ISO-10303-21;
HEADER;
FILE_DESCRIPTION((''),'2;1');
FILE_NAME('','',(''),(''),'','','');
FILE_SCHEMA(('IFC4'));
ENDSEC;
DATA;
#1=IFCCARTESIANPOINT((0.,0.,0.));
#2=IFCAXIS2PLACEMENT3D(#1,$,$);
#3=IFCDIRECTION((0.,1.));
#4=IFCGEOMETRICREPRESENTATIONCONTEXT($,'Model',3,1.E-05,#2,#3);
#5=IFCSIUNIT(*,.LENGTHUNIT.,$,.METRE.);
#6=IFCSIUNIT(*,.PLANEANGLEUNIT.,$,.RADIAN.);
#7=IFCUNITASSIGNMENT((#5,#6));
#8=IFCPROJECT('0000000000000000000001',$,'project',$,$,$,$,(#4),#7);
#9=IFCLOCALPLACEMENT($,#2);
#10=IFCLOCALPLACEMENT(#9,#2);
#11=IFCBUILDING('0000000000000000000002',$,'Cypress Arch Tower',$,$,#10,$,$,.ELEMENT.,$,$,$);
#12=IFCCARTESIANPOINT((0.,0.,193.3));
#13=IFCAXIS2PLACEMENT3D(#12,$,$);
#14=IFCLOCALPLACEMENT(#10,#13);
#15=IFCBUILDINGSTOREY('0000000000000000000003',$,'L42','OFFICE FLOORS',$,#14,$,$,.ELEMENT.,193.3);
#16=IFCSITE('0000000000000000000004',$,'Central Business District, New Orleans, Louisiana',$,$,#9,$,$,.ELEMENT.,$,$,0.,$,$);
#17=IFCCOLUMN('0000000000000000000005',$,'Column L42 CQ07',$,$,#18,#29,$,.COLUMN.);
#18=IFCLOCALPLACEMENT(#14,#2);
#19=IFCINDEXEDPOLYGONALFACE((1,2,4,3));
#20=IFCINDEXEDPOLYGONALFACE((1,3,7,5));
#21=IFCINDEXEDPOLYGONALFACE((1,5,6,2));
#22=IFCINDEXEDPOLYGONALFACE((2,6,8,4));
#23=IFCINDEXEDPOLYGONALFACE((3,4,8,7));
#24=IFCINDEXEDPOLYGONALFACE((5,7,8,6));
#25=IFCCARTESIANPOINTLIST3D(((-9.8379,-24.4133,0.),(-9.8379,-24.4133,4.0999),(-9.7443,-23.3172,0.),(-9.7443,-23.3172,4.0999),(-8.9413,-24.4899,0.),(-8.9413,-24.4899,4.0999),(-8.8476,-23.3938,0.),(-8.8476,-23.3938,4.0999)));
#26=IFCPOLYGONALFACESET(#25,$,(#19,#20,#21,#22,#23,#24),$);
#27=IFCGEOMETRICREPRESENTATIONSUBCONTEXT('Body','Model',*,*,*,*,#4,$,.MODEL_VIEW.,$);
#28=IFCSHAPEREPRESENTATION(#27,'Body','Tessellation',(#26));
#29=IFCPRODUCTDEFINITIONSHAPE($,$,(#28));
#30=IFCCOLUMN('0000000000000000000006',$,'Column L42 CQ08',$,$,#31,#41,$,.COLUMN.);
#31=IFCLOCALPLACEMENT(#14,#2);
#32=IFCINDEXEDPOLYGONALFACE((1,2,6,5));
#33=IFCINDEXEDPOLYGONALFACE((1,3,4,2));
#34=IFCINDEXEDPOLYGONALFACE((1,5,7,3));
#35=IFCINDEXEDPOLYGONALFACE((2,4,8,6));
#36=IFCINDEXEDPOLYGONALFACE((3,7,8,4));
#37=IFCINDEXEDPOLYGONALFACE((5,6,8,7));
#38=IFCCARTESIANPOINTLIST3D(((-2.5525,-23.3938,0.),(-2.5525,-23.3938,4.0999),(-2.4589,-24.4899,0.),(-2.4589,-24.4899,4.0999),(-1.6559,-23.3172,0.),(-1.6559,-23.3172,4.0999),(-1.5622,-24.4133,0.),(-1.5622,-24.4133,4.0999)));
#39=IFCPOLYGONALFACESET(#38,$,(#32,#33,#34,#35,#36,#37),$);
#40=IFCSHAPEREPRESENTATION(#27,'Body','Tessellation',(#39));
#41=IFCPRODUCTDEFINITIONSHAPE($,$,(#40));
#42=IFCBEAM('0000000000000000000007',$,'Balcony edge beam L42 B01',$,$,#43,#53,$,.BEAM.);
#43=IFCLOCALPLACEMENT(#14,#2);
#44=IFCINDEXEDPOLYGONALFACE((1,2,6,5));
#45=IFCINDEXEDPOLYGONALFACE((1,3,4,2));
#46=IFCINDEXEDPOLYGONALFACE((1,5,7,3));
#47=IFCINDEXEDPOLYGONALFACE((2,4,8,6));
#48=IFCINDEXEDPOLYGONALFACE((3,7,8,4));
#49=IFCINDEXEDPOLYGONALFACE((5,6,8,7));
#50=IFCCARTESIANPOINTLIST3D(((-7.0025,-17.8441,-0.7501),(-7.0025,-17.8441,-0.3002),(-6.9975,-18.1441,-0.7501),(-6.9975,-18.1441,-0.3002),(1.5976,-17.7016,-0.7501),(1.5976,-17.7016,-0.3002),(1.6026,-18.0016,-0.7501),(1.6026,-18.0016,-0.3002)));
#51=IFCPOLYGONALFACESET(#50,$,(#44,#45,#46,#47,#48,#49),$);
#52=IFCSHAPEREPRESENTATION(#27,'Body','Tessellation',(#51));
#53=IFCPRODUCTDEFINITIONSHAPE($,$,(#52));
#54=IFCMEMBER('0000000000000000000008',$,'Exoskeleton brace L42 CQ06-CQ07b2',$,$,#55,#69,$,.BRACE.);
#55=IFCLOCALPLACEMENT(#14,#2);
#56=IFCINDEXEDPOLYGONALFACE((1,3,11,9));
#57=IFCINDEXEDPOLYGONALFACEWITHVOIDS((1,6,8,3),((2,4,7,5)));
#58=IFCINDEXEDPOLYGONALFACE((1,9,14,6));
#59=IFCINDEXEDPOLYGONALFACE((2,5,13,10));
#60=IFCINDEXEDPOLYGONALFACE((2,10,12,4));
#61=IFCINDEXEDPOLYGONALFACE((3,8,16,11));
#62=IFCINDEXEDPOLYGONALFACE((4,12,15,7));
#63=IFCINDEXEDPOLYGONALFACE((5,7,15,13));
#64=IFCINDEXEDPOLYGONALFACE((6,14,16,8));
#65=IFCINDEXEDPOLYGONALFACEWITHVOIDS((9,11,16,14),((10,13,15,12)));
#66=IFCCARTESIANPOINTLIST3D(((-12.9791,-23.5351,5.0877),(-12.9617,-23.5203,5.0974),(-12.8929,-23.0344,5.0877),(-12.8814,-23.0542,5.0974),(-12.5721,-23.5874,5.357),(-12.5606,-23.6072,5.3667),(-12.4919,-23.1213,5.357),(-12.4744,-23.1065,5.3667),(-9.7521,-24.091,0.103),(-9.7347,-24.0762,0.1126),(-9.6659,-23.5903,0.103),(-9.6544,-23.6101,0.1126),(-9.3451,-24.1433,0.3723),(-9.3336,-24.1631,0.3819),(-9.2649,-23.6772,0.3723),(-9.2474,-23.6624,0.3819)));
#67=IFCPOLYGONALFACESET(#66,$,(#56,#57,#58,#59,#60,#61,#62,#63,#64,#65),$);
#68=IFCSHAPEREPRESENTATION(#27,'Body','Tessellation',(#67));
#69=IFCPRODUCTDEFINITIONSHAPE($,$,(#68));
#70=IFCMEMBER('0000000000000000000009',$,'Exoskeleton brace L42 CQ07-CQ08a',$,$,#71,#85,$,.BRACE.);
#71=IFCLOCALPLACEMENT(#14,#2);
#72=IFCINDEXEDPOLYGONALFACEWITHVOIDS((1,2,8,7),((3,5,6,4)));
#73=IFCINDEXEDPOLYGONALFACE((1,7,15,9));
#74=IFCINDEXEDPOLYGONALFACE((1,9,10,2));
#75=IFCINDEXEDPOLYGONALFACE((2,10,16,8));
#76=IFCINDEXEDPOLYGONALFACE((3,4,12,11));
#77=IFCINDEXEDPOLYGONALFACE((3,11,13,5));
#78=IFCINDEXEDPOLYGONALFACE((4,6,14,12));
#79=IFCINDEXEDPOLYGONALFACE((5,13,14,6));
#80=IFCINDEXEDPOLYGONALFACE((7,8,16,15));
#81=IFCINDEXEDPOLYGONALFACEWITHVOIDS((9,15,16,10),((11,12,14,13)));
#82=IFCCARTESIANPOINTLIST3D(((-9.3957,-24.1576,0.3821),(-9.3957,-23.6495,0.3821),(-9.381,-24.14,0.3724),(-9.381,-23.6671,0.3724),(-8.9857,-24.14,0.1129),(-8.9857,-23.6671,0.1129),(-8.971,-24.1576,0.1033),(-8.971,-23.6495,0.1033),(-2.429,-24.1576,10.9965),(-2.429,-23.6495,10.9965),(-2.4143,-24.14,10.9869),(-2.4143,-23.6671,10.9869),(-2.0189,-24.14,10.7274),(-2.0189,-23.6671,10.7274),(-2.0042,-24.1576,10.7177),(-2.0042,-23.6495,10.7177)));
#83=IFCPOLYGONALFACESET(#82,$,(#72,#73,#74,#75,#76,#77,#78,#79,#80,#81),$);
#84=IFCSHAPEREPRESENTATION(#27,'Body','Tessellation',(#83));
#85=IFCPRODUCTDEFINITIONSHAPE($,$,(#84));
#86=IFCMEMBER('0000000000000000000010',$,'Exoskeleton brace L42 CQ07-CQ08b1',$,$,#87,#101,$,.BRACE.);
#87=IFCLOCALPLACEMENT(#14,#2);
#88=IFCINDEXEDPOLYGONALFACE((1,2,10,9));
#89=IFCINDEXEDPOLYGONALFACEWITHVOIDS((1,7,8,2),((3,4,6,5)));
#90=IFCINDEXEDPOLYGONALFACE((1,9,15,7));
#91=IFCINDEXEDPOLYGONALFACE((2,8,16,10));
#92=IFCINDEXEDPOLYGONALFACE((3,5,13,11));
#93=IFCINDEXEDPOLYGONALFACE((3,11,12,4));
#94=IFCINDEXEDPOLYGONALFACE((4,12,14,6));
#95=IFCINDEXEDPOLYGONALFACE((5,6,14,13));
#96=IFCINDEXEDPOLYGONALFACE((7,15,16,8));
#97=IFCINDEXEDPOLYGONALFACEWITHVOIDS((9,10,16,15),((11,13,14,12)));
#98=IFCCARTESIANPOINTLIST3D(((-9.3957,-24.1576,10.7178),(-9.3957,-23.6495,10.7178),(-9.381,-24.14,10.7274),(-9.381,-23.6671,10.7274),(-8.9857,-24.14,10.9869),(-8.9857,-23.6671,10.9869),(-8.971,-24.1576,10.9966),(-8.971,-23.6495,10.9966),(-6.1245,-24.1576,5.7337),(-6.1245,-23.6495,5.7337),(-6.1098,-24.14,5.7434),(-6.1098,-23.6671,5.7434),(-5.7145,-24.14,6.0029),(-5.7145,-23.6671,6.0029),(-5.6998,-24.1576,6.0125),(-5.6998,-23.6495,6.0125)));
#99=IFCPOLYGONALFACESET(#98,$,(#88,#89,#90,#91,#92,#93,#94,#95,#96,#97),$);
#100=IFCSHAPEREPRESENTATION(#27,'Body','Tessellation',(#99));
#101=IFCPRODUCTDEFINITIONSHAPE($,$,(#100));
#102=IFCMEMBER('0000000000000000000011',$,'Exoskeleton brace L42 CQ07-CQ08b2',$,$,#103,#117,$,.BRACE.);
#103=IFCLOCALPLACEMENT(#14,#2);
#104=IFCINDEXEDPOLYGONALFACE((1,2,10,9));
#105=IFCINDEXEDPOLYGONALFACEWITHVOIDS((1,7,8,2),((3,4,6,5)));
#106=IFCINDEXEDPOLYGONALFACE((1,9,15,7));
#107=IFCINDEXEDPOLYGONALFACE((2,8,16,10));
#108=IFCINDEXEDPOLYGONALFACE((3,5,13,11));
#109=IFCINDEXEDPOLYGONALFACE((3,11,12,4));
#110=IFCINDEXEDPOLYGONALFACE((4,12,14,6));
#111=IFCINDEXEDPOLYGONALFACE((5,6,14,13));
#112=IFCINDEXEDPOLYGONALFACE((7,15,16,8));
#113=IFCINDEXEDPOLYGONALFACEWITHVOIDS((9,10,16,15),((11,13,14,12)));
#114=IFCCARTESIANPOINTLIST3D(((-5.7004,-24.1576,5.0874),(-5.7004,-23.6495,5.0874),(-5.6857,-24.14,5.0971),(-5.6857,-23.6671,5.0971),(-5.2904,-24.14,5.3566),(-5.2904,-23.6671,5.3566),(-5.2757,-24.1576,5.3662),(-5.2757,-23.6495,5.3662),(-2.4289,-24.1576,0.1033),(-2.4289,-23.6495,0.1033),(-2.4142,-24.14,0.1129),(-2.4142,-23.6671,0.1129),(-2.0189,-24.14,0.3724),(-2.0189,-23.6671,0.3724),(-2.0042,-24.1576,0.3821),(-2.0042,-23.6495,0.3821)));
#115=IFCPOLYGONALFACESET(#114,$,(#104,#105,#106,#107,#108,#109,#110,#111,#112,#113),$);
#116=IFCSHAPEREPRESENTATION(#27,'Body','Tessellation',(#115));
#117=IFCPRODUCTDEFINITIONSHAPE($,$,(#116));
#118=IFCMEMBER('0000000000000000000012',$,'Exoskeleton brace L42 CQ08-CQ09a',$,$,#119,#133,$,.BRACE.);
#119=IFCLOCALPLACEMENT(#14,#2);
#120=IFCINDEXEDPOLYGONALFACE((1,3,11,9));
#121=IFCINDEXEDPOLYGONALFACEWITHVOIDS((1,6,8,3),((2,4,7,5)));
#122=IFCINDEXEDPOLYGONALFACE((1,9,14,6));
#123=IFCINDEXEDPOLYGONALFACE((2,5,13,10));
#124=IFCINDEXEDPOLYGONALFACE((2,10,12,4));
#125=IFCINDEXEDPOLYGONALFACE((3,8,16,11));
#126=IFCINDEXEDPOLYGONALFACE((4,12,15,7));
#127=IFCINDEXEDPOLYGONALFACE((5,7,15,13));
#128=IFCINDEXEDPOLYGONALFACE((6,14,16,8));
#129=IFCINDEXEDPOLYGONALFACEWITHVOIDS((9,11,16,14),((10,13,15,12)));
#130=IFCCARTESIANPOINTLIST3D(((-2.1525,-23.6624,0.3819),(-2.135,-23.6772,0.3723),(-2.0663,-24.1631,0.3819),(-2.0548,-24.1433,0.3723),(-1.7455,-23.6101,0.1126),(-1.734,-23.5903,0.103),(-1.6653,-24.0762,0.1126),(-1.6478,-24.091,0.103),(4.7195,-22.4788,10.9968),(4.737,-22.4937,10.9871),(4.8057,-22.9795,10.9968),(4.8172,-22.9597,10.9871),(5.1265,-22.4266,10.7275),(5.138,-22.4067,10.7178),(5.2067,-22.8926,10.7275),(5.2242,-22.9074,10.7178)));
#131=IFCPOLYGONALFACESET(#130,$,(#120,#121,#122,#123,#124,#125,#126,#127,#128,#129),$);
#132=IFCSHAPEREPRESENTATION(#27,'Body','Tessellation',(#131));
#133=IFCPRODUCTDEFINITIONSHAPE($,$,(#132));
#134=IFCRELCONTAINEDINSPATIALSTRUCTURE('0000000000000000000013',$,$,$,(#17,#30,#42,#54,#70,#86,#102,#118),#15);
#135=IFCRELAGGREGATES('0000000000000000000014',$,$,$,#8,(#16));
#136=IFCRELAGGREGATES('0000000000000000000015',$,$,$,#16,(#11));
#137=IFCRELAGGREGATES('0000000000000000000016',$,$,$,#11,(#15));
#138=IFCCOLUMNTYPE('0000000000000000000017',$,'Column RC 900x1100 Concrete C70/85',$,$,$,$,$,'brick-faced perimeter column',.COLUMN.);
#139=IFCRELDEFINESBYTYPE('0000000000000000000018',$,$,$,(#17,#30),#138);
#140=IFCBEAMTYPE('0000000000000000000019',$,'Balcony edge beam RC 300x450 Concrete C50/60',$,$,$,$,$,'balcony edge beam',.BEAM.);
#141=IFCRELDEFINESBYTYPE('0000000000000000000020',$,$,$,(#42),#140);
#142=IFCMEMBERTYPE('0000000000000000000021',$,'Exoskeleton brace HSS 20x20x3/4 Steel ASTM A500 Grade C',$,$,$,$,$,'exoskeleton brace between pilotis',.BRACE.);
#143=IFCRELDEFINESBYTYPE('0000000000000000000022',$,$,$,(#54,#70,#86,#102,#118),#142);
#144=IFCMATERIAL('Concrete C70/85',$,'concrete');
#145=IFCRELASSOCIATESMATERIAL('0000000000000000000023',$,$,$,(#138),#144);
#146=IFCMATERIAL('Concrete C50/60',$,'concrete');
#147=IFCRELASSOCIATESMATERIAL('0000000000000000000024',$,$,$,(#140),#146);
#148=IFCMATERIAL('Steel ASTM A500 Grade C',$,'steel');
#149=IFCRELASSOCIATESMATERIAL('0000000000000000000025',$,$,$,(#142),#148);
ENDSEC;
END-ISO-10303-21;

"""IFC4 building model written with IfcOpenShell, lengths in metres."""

from ifc_helpers import new_model, si_unit, direction, frame, origin, origin_2d, place, context, subcontext, project, spatial, rectangle, hollow_rectangle, extrude, material, material_profile, profile_set, type_object, element, save


model = new_model("IFC4")

# Units and contexts
model_context = context("Model", 3, precision=1e-05, world=origin(), true_north=direction((0.0, 1.0)))
body_context = subcontext(model_context, "Body", "Model", "MODEL_VIEW")
ifc_project = project(units=[si_unit("LENGTHUNIT", "METRE"), si_unit("PLANEANGLEUNIT", "RADIAN")], contexts=[model_context])

# Site, building, storey
site_placement = place(None, origin())
site = spatial("IfcSite", under=ifc_project, at=site_placement, Name="Central Business District, New Orleans, Louisiana", CompositionType="ELEMENT", RefElevation=0.0)
building_placement = place(site_placement, origin())
building = spatial("IfcBuilding", under=site, at=building_placement, Name="Cypress Arch Tower", CompositionType="ELEMENT")
storey_placement = place(building_placement, frame((0.0, 0.0, 193.3)))
storey = spatial("IfcBuildingStorey", under=building, at=storey_placement, Name="L42", Description="OFFICE FLOORS", CompositionType="ELEMENT", Elevation=193.3)

# Columns
ifc_material_1 = material(Name="Concrete C70/85", Category="concrete")
ifc_material_profile_1 = material_profile(ifc_material_1, rectangle(XDim=0.8999, YDim=1.1001, at=origin_2d()), Name="RC 900x1100")
ifc_profile_set_1 = profile_set([ifc_material_profile_1], Name="Concrete C70/85")
column_type = type_object("IfcColumnType", Name="Column RC 900x1100 Concrete C70/85", ElementType="brick-faced perimeter column", PredefinedType="COLUMN", material=ifc_profile_set_1)
for number, where, z_axis, x_axis, name in (
    (1, (-9.3428, -23.9036, 0.0), (0.0, 0.0, 1.0), (0.996368, -0.085149, 0.0), "Column L42 CQ07"),
    (2, (-2.0574, -23.9036, 0.0), (0.0, 0.0, 1.0), (0.996368, 0.085149, 0.0), "Column L42 CQ08"),
):
    element("IfcColumn", number, at=place(storey_placement, frame(where, z_axis=z_axis, x_axis=x_axis)), inside=storey, type_object=column_type, Name=name, PredefinedType="COLUMN", context=body_context, shape_type="SweptSolid", body=[
        extrude(rectangle(XDim=0.8999, YDim=1.1001, at=origin_2d()), origin(), (0.0, 0.0, 1.0), 4.0999),
    ])

# Beam
ifc_material_2 = material(Name="Concrete C50/60", Category="concrete")
ifc_material_profile_2 = material_profile(ifc_material_2, rectangle(XDim=0.3, YDim=0.45, at=origin_2d()), Name="RC 300x450")
ifc_profile_set_2 = profile_set([ifc_material_profile_2], Name="Concrete C50/60")
beam_type = type_object("IfcBeamType", Name="Balcony edge beam RC 300x450 Concrete C50/60", ElementType="balcony edge beam", PredefinedType="BEAM", material=ifc_profile_set_2)
beam_placement = place(storey_placement, frame((-7.0, -17.9941, -0.5251), z_axis=(0.999863, 0.016576, 0.0), x_axis=(-0.016576, 0.999863, 0.0)))
element("IfcBeam", 3, at=beam_placement, inside=storey, type_object=beam_type, Name="Balcony edge beam L42 B01", PredefinedType="BEAM", context=body_context, shape_type="SweptSolid", body=[
    extrude(rectangle(XDim=0.3, YDim=0.45, at=origin_2d()), origin(), (0.0, 0.0, 1.0), 8.6013),
])

# Members
ifc_material_3 = material(Name="Steel ASTM A500 Grade C", Category="steel")
ifc_material_profile_3 = material_profile(ifc_material_3, hollow_rectangle(XDim=0.5081, YDim=0.5081, WallThickness=0.0176, at=origin_2d()), Name="HSS 20x20x3/4")
ifc_profile_set_3 = profile_set([ifc_material_profile_3], Name="Steel ASTM A500 Grade C")
member_type = type_object("IfcMemberType", Name="Exoskeleton brace HSS 20x20x3/4 Steel ASTM A500 Grade C", ElementType="exoskeleton brace between pilotis", PredefinedType="BRACE", material=ifc_profile_set_3)
member_1_placement = place(storey_placement, frame((-9.4998, -23.8767, 0.2424), z_axis=(-0.54107, 0.093207, 0.835797), x_axis=(-0.169765, -0.985485, 0.0)))
element("IfcMember", 4, at=member_1_placement, inside=storey, type_object=member_type, Name="Exoskeleton brace L42 CQ06-CQ07b2", PredefinedType="BRACE", context=body_context, shape_type="SweptSolid", body=[
    extrude(hollow_rectangle(XDim=0.5081, YDim=0.5081, WallThickness=0.0176, at=origin_2d()), origin(), (0.0, 0.0, 1.0), 5.9641),
])
member_2_placement = place(storey_placement, frame((-9.1833, -23.9036, 0.2427), z_axis=(0.548713, 0.0, 0.836011), x_axis=(0.0, 1.0, 0.0)))
element("IfcMember", 5, at=member_2_placement, inside=storey, type_object=member_type, Name="Exoskeleton brace L42 CQ07-CQ08a", PredefinedType="BRACE", context=body_context, shape_type="SweptSolid", body=[
    extrude(hollow_rectangle(XDim=0.5081, YDim=0.5081, WallThickness=0.0176, at=origin_2d()), origin(), (0.0, 0.0, 1.0), 12.6965),
])
member_3_placement = place(storey_placement, frame((-9.1833, -23.9036, 10.8572), z_axis=(0.548704, 0.0, -0.836017), x_axis=(0.0, 1.0, 0.0)))
element("IfcMember", 6, at=member_3_placement, inside=storey, type_object=member_type, Name="Exoskeleton brace L42 CQ07-CQ08b1", PredefinedType="BRACE", context=body_context, shape_type="SweptSolid", body=[
    extrude(hollow_rectangle(XDim=0.5081, YDim=0.5081, WallThickness=0.0176, at=origin_2d()), origin(), (0.0, 0.0, 1.0), 5.9617),
])
member_4_placement = place(storey_placement, frame((-2.2166, -23.9036, 0.2427), z_axis=(-0.548732, 0.0, 0.835998), x_axis=(0.0, -1.0, 0.0)))
element("IfcMember", 7, at=member_4_placement, inside=storey, type_object=member_type, Name="Exoskeleton brace L42 CQ07-CQ08b2", PredefinedType="BRACE", context=body_context, shape_type="SweptSolid", body=[
    extrude(hollow_rectangle(XDim=0.5081, YDim=0.5081, WallThickness=0.0176, at=origin_2d()), origin(), (0.0, 0.0, 1.0), 5.9619),
])
member_5_placement = place(storey_placement, frame((-1.9001, -23.8767, 0.2424), z_axis=(0.541084, 0.093192, 0.835789), x_axis=(-0.169733, 0.98549, 0.0)))
element("IfcMember", 8, at=member_5_placement, inside=storey, type_object=member_type, Name="Exoskeleton brace L42 CQ08-CQ09a", PredefinedType="BRACE", context=body_context, shape_type="SweptSolid", body=[
    extrude(hollow_rectangle(XDim=0.5081, YDim=0.5081, WallThickness=0.0176, at=origin_2d()), origin(), (0.0, 0.0, 1.0), 12.7004),
])

save(model, "model.ifc")
